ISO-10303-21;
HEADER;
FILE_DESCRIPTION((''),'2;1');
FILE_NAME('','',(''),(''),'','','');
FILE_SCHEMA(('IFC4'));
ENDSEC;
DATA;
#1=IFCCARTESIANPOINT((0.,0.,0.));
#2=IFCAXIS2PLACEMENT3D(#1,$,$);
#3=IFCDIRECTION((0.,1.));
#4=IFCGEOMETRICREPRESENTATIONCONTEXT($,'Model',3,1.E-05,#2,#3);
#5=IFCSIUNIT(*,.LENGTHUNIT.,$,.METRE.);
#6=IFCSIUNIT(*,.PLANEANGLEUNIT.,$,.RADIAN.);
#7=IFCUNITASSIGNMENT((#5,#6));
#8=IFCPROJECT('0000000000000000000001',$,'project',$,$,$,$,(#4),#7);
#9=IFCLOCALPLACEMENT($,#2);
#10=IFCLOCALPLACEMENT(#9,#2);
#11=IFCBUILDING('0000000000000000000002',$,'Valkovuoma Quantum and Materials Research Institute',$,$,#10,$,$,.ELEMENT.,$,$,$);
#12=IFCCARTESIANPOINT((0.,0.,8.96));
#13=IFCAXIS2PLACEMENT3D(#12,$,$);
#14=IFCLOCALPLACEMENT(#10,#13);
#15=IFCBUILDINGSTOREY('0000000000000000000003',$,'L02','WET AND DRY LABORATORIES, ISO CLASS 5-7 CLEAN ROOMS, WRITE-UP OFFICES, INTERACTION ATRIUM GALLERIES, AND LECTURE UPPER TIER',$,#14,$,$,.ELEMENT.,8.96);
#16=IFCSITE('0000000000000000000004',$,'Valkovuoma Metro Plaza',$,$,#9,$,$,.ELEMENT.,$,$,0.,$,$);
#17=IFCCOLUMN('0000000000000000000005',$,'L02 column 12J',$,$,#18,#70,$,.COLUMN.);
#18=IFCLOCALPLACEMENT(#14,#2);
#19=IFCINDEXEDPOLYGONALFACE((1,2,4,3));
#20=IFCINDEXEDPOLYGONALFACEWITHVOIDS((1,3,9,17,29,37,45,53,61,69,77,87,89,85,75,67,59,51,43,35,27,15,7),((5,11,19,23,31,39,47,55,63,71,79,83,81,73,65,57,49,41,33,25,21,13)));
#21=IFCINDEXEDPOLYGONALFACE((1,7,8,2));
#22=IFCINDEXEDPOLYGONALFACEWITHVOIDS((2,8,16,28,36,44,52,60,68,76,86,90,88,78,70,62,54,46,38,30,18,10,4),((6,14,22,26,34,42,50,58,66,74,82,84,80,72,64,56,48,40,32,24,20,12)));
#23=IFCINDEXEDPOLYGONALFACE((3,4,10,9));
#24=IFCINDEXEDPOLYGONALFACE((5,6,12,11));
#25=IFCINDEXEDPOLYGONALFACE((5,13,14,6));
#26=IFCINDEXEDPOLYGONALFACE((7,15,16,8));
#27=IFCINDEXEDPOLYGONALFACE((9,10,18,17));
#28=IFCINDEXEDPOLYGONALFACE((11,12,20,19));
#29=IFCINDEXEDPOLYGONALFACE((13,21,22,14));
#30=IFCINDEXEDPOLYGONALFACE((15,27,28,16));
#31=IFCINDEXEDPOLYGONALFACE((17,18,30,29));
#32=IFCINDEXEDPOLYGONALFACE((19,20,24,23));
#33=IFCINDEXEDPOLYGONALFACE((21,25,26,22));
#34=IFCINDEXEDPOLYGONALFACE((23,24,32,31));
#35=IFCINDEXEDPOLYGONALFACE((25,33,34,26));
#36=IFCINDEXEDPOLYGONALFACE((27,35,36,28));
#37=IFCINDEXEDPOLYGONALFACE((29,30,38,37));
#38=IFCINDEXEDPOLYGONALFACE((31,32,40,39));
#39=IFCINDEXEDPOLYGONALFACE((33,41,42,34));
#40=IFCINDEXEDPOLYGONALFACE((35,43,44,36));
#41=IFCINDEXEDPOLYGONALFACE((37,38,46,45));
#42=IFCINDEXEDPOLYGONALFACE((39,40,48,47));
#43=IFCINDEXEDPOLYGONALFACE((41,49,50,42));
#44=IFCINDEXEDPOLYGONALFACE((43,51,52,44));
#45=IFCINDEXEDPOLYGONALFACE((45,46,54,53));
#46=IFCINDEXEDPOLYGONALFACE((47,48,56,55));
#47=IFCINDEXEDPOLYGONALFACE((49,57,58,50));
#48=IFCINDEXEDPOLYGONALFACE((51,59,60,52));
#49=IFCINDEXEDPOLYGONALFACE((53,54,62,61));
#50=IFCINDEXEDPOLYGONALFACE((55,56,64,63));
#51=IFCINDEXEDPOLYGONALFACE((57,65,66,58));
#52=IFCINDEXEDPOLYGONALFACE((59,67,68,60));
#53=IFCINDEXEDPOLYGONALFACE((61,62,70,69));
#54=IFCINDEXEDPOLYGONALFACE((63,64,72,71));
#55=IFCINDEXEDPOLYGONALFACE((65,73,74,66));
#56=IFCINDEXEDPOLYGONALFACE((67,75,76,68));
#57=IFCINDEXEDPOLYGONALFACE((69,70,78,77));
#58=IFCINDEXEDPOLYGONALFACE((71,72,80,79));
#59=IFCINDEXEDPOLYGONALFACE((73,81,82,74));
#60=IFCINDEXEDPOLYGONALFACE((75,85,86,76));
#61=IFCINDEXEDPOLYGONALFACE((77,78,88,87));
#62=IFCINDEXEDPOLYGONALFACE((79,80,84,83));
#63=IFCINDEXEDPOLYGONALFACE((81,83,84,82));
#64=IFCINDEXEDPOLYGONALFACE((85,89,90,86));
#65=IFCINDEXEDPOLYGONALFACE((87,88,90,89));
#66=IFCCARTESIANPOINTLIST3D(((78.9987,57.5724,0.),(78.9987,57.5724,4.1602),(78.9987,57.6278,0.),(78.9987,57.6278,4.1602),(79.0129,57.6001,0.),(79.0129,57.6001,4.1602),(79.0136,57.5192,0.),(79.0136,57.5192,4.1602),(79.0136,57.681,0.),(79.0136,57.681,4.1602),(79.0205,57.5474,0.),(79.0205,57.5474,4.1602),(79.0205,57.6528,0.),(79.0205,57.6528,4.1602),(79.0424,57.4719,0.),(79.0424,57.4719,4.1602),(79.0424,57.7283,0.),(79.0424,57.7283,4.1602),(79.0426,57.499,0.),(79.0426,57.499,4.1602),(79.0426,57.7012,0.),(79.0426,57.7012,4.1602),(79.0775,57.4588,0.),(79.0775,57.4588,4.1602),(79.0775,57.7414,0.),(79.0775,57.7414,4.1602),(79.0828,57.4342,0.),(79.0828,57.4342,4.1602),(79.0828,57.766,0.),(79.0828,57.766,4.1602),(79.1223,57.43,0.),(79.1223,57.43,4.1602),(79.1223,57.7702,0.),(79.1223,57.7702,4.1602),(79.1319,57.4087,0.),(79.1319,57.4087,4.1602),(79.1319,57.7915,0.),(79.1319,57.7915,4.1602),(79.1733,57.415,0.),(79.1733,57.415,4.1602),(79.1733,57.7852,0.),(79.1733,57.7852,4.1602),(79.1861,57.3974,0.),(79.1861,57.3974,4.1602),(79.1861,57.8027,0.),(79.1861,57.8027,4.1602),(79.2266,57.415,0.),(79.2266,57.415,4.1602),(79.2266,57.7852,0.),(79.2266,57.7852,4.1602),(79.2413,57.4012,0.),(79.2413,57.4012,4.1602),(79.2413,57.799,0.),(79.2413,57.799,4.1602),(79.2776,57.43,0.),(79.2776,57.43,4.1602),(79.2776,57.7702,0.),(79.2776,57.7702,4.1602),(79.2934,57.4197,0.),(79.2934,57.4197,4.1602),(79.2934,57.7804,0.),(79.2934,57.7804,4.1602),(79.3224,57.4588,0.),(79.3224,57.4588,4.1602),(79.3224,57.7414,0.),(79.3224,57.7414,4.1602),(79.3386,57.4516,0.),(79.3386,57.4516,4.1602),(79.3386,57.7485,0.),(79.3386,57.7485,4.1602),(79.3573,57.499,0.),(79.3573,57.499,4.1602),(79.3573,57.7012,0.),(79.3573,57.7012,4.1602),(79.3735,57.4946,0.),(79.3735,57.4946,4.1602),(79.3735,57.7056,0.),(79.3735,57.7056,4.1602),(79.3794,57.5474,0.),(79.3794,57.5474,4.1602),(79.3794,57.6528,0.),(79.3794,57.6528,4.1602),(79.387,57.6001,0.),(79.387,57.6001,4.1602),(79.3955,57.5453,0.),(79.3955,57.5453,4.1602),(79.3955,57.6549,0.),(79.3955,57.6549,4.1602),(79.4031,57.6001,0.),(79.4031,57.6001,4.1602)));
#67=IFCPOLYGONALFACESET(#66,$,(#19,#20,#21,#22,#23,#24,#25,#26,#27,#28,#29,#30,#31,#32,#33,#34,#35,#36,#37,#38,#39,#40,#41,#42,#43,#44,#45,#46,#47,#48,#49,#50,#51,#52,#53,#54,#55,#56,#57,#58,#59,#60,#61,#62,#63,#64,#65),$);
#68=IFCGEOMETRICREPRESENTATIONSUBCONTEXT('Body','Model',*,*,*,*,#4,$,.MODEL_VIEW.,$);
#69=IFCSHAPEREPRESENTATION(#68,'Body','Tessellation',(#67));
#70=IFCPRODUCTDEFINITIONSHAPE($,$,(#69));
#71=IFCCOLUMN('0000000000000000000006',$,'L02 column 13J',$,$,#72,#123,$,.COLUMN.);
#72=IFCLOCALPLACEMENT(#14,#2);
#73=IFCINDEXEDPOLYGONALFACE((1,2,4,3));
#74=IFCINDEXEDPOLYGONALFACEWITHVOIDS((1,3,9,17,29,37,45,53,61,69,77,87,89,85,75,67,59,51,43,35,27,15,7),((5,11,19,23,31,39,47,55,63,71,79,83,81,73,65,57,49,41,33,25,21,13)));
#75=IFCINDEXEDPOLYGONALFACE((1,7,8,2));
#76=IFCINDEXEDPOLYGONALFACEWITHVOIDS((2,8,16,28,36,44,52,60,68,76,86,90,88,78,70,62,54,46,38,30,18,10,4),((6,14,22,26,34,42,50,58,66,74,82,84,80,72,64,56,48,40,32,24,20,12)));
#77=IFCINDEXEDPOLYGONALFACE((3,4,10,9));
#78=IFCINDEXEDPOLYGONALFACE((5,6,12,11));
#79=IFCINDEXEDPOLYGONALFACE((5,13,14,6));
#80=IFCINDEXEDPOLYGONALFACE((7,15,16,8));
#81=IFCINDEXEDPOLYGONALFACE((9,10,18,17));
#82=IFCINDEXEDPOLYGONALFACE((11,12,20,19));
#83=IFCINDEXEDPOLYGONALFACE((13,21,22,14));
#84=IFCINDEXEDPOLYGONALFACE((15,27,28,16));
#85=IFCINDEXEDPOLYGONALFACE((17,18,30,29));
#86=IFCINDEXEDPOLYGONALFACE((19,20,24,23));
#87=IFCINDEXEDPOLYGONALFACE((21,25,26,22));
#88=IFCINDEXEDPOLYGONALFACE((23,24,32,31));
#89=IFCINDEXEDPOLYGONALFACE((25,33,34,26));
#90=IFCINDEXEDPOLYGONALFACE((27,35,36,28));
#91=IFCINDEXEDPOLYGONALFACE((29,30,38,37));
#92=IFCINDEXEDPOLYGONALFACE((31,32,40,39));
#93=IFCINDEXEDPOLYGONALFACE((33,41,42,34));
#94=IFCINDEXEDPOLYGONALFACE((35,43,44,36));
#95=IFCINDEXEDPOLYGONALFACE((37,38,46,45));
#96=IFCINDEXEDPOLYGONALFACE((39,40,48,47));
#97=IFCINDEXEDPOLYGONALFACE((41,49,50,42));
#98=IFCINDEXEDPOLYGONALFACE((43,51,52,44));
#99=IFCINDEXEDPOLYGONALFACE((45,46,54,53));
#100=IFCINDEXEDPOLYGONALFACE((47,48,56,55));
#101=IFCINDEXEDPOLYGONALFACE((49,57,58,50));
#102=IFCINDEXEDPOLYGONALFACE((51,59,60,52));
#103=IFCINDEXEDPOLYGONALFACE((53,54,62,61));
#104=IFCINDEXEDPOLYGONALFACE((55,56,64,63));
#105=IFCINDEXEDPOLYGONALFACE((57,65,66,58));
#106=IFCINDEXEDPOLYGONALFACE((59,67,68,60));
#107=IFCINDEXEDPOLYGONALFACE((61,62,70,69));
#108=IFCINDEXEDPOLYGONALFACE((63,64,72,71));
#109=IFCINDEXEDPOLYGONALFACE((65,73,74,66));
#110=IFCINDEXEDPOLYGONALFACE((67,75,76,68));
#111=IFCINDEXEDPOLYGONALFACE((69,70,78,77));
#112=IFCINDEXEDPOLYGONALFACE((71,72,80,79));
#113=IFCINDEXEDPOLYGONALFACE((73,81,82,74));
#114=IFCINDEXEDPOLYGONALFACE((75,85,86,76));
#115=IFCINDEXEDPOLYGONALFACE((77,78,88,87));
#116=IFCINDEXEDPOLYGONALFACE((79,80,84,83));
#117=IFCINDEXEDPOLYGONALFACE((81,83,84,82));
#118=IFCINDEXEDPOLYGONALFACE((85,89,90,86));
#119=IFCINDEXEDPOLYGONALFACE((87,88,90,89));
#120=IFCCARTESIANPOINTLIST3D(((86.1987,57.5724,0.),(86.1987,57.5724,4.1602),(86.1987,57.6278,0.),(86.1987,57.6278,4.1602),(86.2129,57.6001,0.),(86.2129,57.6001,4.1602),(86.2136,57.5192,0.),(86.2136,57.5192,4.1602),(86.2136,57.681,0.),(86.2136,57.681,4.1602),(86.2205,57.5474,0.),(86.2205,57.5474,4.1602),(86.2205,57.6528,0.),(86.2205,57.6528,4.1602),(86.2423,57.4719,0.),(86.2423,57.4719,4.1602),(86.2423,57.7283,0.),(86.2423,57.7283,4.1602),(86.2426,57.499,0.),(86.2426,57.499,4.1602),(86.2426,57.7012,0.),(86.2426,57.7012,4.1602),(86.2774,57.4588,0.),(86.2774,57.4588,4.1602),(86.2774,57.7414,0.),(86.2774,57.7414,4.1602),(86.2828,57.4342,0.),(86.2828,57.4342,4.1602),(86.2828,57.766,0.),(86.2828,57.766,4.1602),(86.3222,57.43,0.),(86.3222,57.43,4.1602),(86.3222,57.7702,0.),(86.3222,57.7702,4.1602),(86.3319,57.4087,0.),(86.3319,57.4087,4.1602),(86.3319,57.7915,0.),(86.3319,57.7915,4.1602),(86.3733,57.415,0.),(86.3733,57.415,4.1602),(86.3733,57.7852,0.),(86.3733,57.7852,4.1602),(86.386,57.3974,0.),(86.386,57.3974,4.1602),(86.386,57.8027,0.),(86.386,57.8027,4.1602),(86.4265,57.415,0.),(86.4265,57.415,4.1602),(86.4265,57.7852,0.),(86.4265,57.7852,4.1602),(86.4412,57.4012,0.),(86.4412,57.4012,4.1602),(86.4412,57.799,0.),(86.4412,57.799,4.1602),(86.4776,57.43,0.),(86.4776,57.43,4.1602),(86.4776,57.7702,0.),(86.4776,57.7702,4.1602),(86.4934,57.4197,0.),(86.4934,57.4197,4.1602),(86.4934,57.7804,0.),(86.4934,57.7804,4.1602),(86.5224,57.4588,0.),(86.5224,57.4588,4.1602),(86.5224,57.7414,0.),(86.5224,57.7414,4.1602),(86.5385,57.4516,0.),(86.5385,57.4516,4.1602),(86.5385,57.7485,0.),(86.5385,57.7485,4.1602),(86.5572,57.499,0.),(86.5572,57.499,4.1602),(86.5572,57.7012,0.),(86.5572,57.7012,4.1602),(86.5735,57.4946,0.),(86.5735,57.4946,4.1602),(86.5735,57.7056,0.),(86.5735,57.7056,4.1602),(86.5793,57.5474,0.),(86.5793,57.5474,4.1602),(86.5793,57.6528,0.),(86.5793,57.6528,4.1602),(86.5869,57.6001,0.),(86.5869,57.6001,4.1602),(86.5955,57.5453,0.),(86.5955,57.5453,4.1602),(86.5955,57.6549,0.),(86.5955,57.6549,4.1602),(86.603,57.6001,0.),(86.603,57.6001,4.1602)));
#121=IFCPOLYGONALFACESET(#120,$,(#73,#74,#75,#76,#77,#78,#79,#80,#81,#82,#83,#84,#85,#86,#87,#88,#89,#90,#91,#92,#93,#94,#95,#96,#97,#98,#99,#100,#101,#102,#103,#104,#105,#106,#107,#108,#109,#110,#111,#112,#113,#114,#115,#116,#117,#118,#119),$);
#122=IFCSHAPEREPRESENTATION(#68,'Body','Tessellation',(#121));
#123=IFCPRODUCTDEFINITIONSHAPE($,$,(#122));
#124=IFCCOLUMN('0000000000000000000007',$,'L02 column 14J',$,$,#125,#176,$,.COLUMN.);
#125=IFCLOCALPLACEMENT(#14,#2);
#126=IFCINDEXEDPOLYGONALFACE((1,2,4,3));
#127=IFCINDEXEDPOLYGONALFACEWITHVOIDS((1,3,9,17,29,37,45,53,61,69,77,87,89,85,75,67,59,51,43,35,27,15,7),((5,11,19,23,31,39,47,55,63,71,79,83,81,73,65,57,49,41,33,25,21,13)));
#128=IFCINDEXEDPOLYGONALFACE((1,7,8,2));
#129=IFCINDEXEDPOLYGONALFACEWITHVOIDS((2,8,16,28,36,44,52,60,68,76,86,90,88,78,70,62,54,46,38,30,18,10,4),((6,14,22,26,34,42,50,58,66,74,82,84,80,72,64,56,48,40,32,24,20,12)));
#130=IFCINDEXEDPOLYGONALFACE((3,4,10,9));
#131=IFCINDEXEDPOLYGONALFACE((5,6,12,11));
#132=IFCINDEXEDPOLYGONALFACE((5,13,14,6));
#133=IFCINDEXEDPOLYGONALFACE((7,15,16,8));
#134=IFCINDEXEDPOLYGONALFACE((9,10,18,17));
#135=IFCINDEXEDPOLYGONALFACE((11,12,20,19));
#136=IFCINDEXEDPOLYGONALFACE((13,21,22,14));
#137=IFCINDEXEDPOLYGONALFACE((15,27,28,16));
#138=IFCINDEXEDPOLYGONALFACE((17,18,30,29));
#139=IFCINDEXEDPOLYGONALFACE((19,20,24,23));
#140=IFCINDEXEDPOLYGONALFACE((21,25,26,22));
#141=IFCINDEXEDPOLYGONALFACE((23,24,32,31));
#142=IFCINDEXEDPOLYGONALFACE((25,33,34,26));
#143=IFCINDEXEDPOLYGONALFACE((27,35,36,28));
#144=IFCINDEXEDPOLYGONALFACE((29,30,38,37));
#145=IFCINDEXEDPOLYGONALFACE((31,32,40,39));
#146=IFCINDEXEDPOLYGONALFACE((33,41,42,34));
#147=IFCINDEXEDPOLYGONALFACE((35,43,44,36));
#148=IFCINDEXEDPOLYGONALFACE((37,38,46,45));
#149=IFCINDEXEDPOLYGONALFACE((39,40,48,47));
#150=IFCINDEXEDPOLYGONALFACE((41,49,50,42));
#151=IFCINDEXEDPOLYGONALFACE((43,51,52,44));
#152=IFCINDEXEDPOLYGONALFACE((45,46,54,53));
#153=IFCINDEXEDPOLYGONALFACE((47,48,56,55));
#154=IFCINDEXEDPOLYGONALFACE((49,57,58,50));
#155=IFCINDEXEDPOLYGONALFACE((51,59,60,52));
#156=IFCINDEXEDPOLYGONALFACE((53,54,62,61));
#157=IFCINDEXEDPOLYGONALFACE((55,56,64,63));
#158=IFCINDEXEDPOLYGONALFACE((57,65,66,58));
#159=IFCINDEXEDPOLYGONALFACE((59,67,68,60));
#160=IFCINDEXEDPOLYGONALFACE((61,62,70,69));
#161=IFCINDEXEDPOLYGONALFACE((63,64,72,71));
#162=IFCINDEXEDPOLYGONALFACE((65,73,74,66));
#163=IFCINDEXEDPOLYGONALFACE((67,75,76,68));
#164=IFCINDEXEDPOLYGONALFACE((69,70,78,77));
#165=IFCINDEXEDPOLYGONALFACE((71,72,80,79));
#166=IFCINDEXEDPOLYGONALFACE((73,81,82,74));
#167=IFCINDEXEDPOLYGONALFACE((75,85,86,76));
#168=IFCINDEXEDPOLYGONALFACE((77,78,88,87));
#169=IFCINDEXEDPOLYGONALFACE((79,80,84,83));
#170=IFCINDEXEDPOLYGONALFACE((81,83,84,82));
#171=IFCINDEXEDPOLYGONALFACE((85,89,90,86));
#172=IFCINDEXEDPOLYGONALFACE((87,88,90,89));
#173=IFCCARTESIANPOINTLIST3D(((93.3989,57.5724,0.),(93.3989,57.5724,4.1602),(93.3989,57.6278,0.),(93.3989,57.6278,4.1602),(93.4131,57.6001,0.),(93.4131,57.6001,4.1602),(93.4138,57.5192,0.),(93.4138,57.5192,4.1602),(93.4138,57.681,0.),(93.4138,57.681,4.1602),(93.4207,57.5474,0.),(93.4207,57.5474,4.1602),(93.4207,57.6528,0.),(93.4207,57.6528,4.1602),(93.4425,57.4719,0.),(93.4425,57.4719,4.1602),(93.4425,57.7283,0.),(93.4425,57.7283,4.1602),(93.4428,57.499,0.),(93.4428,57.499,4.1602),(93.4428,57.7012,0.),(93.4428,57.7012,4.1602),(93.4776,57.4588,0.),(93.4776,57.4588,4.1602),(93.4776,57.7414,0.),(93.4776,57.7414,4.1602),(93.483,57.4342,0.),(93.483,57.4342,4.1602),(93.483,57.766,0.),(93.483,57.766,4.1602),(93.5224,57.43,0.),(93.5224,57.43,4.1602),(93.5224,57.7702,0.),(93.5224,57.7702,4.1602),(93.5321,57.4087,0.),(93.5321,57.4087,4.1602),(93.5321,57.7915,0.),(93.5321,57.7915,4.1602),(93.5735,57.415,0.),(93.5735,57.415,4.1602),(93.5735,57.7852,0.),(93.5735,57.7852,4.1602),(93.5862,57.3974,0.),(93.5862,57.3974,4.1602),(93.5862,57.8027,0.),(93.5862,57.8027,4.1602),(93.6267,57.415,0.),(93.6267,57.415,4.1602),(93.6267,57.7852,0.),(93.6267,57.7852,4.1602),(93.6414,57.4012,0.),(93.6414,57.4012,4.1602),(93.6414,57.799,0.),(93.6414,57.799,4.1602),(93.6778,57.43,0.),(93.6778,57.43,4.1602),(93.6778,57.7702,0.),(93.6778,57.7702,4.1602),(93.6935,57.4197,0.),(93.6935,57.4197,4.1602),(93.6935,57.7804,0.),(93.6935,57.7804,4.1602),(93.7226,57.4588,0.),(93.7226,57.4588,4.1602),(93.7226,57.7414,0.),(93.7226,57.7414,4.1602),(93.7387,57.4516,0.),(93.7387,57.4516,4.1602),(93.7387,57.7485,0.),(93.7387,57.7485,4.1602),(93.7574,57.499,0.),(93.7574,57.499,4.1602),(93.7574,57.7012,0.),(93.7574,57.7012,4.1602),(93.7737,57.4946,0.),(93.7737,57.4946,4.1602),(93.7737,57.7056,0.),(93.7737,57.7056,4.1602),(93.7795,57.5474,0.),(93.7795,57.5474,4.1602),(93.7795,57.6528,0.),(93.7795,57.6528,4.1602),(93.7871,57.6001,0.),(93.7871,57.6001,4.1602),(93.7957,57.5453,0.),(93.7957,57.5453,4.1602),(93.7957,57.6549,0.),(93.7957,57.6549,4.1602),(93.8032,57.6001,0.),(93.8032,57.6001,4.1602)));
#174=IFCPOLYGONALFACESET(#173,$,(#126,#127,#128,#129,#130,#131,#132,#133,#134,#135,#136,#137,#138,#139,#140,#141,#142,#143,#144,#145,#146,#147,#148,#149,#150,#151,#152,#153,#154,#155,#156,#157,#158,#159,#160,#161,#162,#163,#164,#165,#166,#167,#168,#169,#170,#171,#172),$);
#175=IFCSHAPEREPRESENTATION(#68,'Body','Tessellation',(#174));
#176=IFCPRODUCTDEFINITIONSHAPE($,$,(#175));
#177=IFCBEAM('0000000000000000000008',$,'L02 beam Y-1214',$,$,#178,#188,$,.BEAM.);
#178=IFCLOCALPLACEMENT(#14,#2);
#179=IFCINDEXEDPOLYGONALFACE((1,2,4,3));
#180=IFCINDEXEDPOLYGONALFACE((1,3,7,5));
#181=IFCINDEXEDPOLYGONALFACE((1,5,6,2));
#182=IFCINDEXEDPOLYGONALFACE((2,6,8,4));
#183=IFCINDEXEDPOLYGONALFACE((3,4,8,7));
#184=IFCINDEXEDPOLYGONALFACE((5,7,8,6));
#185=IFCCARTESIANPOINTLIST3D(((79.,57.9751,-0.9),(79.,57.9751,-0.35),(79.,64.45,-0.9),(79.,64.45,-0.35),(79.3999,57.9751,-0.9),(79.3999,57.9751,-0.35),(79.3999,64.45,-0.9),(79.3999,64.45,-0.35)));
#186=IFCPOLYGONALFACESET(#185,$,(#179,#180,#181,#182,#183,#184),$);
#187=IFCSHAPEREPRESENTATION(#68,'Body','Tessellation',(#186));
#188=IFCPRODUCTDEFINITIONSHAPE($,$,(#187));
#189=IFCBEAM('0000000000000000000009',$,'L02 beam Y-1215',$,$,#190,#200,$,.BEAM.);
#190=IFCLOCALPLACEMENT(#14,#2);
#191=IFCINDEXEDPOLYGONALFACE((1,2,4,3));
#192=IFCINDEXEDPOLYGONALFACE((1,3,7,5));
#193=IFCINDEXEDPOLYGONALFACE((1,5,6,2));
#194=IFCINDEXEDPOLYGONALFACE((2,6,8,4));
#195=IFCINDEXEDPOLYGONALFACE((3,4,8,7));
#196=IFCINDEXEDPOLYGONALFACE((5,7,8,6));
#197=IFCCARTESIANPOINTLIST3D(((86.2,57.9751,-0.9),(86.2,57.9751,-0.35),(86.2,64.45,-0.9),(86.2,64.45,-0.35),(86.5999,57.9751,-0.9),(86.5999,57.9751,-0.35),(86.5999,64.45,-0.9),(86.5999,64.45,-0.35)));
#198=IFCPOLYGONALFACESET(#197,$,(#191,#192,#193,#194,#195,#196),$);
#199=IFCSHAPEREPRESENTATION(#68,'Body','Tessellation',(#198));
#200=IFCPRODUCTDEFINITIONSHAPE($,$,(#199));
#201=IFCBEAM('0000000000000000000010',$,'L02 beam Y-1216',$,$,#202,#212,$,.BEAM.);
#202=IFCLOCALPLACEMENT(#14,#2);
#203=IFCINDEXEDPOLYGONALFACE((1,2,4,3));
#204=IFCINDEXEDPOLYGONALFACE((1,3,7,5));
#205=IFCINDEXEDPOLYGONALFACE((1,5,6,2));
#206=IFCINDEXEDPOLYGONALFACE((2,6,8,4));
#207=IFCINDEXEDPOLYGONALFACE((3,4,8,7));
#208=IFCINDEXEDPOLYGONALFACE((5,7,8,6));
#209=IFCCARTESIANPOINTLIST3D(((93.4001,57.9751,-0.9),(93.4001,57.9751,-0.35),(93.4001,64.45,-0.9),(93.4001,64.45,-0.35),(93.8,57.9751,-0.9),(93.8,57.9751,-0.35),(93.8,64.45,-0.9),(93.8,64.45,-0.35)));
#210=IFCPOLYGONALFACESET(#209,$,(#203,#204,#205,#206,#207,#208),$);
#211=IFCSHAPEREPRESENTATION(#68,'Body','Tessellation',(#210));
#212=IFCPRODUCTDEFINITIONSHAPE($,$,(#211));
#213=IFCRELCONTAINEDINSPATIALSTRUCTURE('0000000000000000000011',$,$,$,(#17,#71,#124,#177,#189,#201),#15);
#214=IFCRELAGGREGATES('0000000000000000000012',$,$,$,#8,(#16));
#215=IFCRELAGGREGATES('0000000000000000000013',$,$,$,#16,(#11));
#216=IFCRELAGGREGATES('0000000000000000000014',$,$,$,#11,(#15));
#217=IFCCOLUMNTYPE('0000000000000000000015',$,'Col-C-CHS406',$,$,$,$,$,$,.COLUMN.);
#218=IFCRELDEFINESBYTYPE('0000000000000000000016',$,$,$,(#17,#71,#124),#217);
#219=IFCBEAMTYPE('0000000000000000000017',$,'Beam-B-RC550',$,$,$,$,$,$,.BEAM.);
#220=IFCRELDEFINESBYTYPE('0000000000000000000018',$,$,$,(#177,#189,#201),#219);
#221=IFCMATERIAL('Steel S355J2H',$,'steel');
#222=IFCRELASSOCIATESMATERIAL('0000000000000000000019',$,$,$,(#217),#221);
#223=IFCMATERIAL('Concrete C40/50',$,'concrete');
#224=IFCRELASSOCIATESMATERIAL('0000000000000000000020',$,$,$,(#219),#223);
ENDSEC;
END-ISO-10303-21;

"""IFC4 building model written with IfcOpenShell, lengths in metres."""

from ifc_helpers import new_model, si_unit, direction, frame, origin, origin_2d, place, context, subcontext, project, spatial, rectangle, hollow_circle, extrude, material, material_profile, profile_set, type_object, element, save


model = new_model("IFC4")

# Units and contexts
model_context = context("Model", 3, precision=1e-05, world=origin(), true_north=direction((0.0, 1.0)))
body_context = subcontext(model_context, "Body", "Model", "MODEL_VIEW")
ifc_project = project(units=[si_unit("LENGTHUNIT", "METRE"), si_unit("PLANEANGLEUNIT", "RADIAN")], contexts=[model_context])

# Site, building, storey
site_placement = place(None, origin())
site = spatial("IfcSite", under=ifc_project, at=site_placement, Name="Valkovuoma Metro Plaza", CompositionType="ELEMENT", RefElevation=0.0)
building_placement = place(site_placement, origin())
building = spatial("IfcBuilding", under=site, at=building_placement, Name="Valkovuoma Quantum and Materials Research Institute", CompositionType="ELEMENT")
storey_placement = place(building_placement, frame((0.0, 0.0, 8.96)))
storey = spatial("IfcBuildingStorey", under=building, at=storey_placement, Name="L02", Description="WET AND DRY LABORATORIES, ISO CLASS 5-7 CLEAN ROOMS, WRITE-UP OFFICES, INTERACTION ATRIUM GALLERIES, AND LECTURE UPPER TIER", CompositionType="ELEMENT", Elevation=8.96)

# Columns
ifc_material_1 = material(Name="Steel S355J2H", Category="steel")
ifc_material_profile_1 = material_profile(ifc_material_1, hollow_circle(Radius=0.2031, WallThickness=0.0161, at=origin_2d()), Name="Steel S355J2H")
ifc_profile_set_1 = profile_set([ifc_material_profile_1], Name="Steel S355J2H")
column_type = type_object("IfcColumnType", Name="Col-C-CHS406", PredefinedType="COLUMN", material=ifc_profile_set_1)
for number, where, z_axis, x_axis, name in (
    (1, (79.2, 57.6001, 0.0), (0.0, 0.0, 1.0), (1.0, 0.0, 0.0), "L02 column 12J"),
    (2, (86.3999, 57.6001, 0.0), (0.0, 0.0, 1.0), (1.0, 0.0, 0.0), "L02 column 13J"),
    (3, (93.6001, 57.6001, 0.0), (0.0, 0.0, 1.0), (1.0, 0.0, 0.0), "L02 column 14J"),
):
    element("IfcColumn", number, at=place(storey_placement, frame(where, z_axis=z_axis, x_axis=x_axis)), inside=storey, type_object=column_type, Name=name, PredefinedType="COLUMN", context=body_context, shape_type="SweptSolid", body=[
        extrude(hollow_circle(Radius=0.2031, WallThickness=0.0161, at=origin_2d()), origin(), (0.0, 0.0, 1.0), 4.1602),
    ])

# Beams
ifc_material_2 = material(Name="Concrete C40/50", Category="concrete")
ifc_material_profile_2 = material_profile(ifc_material_2, rectangle(XDim=0.3999, YDim=0.55, at=origin_2d()), Name="Concrete C40/50")
ifc_profile_set_2 = profile_set([ifc_material_profile_2], Name="Concrete C40/50")
beam_type_1 = type_object("IfcBeamType", Name="Beam-B-RC550", PredefinedType="BEAM", material=ifc_profile_set_2)
for number, where, z_axis, x_axis, name in (
    (4, (79.2, 57.9751, -0.625), (0.0, 1.0, 0.0), (-1.0, 0.0, 0.0), "L02 beam Y-1214"),
    (5, (86.3999, 57.9751, -0.625), (0.0, 1.0, 0.0), (-1.0, 0.0, 0.0), "L02 beam Y-1215"),
    (6, (93.6001, 57.9751, -0.625), (0.0, 1.0, 0.0), (-1.0, 0.0, 0.0), "L02 beam Y-1216"),
):
    element("IfcBeam", number, at=place(storey_placement, frame(where, z_axis=z_axis, x_axis=x_axis)), inside=storey, type_object=beam_type_1, Name=name, PredefinedType="BEAM", context=body_context, shape_type="SweptSolid", body=[
        extrude(rectangle(XDim=0.3999, YDim=0.55, at=origin_2d()), origin(), (0.0, 0.0, 1.0), 6.4749),
    ])

save(model, "model.ifc")
